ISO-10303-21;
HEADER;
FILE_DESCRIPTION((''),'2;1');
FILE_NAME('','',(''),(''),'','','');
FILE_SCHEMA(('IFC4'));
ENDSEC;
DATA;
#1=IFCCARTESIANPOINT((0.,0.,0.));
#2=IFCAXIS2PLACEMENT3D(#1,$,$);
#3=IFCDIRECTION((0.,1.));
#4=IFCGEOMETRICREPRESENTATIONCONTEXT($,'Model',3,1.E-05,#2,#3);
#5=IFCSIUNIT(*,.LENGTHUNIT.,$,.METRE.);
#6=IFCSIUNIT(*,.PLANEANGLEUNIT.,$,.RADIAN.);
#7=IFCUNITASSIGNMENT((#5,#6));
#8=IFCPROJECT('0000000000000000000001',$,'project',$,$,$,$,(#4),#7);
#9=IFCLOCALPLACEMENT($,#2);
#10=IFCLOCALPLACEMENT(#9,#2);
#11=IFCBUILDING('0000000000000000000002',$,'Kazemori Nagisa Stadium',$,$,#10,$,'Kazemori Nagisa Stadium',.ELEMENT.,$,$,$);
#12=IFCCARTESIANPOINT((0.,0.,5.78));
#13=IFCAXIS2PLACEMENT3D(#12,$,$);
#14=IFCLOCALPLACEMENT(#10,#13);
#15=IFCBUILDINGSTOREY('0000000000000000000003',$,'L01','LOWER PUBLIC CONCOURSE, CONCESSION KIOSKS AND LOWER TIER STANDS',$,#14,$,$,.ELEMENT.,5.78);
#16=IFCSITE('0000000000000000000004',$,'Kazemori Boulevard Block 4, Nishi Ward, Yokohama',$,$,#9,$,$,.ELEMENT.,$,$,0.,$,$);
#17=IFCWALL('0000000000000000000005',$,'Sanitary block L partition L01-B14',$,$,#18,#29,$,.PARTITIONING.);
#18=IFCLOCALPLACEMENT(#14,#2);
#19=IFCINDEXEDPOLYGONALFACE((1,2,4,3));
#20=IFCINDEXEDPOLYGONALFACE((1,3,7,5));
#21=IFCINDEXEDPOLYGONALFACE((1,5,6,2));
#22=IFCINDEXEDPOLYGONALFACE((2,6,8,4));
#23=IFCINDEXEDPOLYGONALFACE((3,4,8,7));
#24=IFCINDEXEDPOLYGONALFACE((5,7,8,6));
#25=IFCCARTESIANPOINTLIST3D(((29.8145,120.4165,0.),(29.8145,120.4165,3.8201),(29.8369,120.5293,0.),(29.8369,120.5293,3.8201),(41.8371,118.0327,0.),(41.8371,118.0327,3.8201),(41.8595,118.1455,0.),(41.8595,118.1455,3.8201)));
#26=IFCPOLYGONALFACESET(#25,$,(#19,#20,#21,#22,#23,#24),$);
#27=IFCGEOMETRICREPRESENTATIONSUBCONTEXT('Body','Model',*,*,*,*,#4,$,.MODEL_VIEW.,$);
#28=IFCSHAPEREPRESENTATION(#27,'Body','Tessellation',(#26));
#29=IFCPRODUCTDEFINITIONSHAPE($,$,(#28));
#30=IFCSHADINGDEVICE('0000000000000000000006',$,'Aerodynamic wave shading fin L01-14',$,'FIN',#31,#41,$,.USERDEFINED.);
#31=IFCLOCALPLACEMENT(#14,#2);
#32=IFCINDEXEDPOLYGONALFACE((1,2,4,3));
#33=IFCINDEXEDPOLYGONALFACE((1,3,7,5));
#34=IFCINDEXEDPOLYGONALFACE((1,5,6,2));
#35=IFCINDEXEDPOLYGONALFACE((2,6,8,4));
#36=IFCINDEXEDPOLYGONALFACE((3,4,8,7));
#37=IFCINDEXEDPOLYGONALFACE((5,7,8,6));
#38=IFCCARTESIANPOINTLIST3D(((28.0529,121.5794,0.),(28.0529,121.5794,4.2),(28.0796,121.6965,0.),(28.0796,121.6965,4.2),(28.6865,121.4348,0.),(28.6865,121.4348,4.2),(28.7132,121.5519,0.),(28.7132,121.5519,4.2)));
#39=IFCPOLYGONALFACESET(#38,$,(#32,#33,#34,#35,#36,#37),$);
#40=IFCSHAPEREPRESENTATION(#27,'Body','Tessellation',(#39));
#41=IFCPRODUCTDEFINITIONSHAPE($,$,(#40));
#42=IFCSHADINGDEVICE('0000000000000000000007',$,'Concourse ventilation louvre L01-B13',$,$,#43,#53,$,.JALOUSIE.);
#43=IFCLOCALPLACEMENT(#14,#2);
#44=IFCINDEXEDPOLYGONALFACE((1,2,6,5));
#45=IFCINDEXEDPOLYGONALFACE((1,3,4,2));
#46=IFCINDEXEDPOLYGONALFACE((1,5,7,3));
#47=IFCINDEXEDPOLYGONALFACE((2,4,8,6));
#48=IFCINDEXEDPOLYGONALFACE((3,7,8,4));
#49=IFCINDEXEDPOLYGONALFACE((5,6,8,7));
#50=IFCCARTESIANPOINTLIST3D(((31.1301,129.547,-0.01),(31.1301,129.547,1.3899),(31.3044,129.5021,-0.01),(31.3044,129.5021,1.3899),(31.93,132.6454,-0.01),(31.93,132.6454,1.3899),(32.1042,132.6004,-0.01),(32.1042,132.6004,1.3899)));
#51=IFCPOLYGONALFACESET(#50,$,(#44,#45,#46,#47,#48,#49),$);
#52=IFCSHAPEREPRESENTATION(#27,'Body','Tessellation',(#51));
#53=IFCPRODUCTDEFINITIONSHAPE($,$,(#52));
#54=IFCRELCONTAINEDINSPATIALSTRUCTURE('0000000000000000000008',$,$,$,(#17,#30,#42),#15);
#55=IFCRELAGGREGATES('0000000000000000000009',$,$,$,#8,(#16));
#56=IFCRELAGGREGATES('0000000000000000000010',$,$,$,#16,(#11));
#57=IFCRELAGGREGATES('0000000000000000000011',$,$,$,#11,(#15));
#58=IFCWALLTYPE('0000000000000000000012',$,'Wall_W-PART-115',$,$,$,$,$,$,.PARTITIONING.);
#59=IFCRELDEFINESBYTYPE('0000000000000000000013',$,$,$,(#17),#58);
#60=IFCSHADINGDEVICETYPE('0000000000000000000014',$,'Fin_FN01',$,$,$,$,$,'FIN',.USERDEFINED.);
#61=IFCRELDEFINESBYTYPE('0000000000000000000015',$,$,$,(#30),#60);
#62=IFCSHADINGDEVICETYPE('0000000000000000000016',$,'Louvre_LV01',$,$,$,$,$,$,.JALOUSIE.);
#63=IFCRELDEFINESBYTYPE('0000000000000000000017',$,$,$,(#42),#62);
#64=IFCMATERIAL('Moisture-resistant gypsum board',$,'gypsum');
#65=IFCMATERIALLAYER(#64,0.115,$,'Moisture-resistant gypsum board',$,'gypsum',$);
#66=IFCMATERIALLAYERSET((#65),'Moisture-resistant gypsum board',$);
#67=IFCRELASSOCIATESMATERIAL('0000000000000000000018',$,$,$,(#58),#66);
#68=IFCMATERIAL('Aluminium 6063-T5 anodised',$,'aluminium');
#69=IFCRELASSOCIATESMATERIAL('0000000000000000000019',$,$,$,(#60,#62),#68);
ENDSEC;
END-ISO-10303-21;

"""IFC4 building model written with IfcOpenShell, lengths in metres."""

from ifc_helpers import new_model, si_unit, direction, frame, frame_2d, origin, origin_2d, place, context, subcontext, project, spatial, rectangle, extrude, material, layer, layer_set, type_object, element, save


model = new_model("IFC4")

# Units and contexts
model_context = context("Model", 3, precision=1e-05, world=origin(), true_north=direction((0.0, 1.0)))
body_context = subcontext(model_context, "Body", "Model", "MODEL_VIEW")
ifc_project = project(units=[si_unit("LENGTHUNIT", "METRE"), si_unit("PLANEANGLEUNIT", "RADIAN")], contexts=[model_context])

# Site, building, storey
site_placement = place(None, origin())
site = spatial("IfcSite", under=ifc_project, at=site_placement, Name="Kazemori Boulevard Block 4, Nishi Ward, Yokohama", CompositionType="ELEMENT", RefElevation=0.0)
building_placement = place(site_placement, origin())
building = spatial("IfcBuilding", under=site, at=building_placement, Name="Kazemori Nagisa Stadium", LongName="Kazemori Nagisa Stadium", CompositionType="ELEMENT")
storey_placement = place(building_placement, frame((0.0, 0.0, 5.78)))
storey = spatial("IfcBuildingStorey", under=building, at=storey_placement, Name="L01", Description="LOWER PUBLIC CONCOURSE, CONCESSION KIOSKS AND LOWER TIER STANDS", CompositionType="ELEMENT", Elevation=5.78)

# Shared definitions
ifc_material_1 = material(Name="Aluminium 6063-T5 anodised", Category="aluminium")

# Shared definitions
ifc_material_2 = material(Name="Moisture-resistant gypsum board", Category="gypsum")
ifc_layer_1 = layer(ifc_material_2, 0.115, Name="Moisture-resistant gypsum board", Category="gypsum")
ifc_layer_set_1 = layer_set([ifc_layer_1], Name="Moisture-resistant gypsum board")
wall_type_1 = type_object("IfcWallType", Name="Wall_W-PART-115", PredefinedType="PARTITIONING", material=ifc_layer_set_1)

# Wall
wall_1_placement = place(storey_placement, frame((41.8484, 118.0891, 0.0), z_axis=(0.0, 0.0, 1.0), x_axis=(-0.980904, 0.194492, 0.0)))
element("IfcWall", 1, at=wall_1_placement, inside=storey, type_object=wall_type_1, Name="Sanitary block L partition L01-B14", PredefinedType="PARTITIONING", context=body_context, shape_type="SweptSolid", body=[
    extrude(rectangle(XDim=12.2566, YDim=0.115, at=frame_2d((6.1284, 0.0))), origin(), (0.0, 0.0, 1.0), 3.8201),
])

# Shading devices
shading_device_type_1 = type_object("IfcShadingDeviceType", Name="Fin_FN01", ElementType="FIN", PredefinedType="USERDEFINED", material=ifc_material_1)
shading_device_1_placement = place(storey_placement, frame((28.3831, 121.5657, 0.0), z_axis=(0.0, 0.0, 1.0), x_axis=(-0.974928, 0.222521, 0.0)))
element("IfcShadingDevice", 2, at=shading_device_1_placement, inside=storey, type_object=shading_device_type_1, Name="Aerodynamic wave shading fin L01-14", ObjectType="FIN", PredefinedType="USERDEFINED", context=body_context, shape_type="SweptSolid", body=[
    extrude(rectangle(XDim=0.6499, YDim=0.1201, at=origin_2d()), origin(), (0.0, 0.0, 1.0), 4.2),
])
shading_device_type_2 = type_object("IfcShadingDeviceType", Name="Louvre_LV01", PredefinedType="JALOUSIE", material=ifc_material_1)
shading_device_2_placement = place(storey_placement, frame((31.6172, 131.0737, -0.01), z_axis=(0.0, 0.0, 1.0), x_axis=(-0.249965, -0.968255, 0.0)))
element("IfcShadingDevice", 3, at=shading_device_2_placement, inside=storey, type_object=shading_device_type_2, Name="Concourse ventilation louvre L01-B13", PredefinedType="JALOUSIE", context=body_context, shape_type="SweptSolid", body=[
    extrude(rectangle(XDim=3.2, YDim=0.1799, at=origin_2d()), origin(), (0.0, 0.0, 1.0), 1.3999),
])

save(model, "model.ifc")
